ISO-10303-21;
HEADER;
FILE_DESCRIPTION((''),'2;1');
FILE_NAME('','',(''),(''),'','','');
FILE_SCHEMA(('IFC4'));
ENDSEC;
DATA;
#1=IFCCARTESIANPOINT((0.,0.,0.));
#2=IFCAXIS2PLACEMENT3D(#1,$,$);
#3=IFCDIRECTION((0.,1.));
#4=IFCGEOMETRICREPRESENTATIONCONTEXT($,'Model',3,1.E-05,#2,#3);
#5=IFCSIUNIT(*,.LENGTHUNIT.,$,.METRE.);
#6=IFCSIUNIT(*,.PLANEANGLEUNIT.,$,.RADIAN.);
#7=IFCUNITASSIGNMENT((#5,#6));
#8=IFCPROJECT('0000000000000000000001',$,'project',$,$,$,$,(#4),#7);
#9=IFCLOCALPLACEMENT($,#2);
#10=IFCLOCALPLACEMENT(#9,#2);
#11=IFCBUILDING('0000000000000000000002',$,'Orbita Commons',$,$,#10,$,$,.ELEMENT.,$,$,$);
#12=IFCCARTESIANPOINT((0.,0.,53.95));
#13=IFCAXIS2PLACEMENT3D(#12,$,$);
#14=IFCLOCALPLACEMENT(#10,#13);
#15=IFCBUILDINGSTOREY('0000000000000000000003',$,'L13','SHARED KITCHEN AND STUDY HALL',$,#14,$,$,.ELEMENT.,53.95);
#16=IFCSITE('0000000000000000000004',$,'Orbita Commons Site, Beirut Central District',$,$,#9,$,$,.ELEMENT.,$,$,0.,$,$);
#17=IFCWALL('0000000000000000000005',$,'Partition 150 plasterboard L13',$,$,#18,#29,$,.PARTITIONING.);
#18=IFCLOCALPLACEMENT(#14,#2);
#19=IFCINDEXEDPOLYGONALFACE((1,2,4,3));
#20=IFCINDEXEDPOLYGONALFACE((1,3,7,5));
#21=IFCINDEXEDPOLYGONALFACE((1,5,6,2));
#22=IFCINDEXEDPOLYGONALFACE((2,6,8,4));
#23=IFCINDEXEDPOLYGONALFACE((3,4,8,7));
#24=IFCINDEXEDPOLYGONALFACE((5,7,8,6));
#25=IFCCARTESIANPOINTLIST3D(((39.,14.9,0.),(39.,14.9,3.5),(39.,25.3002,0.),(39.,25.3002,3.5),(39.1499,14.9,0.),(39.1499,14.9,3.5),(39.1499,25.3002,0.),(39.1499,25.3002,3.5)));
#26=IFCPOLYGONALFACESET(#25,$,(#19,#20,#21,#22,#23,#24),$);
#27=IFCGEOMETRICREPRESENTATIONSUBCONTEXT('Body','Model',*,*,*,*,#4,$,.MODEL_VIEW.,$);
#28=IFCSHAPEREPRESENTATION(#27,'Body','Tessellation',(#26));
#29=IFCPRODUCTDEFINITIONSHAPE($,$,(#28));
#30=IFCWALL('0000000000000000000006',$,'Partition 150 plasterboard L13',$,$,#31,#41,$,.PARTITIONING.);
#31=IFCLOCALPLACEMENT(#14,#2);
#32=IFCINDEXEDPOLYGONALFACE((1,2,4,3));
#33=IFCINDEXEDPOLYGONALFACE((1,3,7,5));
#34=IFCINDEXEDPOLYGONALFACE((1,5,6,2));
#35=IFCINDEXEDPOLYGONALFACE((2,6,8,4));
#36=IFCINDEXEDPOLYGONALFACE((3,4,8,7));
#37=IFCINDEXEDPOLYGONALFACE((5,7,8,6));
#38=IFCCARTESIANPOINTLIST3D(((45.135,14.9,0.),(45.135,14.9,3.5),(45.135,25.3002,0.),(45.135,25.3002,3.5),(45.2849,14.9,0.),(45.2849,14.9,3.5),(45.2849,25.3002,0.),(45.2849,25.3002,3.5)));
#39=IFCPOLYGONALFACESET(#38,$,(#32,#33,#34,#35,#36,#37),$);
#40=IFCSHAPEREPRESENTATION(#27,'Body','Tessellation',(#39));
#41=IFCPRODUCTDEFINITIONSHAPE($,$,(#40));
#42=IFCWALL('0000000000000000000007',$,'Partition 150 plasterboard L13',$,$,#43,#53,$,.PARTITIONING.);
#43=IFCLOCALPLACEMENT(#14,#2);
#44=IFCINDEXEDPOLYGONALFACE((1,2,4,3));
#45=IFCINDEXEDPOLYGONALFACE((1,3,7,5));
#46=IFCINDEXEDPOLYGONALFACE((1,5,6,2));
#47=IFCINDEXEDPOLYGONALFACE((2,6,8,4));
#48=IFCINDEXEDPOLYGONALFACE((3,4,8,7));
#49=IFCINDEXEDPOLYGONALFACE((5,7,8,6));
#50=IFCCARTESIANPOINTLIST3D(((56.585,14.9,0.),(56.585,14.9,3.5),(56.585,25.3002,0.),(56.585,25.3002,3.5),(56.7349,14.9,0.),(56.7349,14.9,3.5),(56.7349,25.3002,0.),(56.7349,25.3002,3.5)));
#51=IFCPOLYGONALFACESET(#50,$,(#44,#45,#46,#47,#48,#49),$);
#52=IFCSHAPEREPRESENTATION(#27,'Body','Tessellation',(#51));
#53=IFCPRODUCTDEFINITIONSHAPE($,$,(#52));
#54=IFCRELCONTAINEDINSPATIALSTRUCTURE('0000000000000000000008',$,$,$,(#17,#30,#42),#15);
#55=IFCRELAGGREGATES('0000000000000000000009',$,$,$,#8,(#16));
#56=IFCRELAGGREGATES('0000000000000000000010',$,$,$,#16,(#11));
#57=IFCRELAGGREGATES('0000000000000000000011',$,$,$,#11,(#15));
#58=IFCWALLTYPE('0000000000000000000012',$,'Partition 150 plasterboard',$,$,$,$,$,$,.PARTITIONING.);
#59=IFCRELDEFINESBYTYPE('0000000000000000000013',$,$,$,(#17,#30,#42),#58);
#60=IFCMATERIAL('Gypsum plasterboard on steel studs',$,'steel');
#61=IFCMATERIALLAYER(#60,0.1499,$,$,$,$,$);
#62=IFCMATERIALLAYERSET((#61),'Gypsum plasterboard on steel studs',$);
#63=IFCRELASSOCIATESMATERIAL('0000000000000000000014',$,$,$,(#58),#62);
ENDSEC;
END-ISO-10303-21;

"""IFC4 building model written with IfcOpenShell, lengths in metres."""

from ifc_helpers import new_model, si_unit, direction, frame, frame_2d, origin, place, context, subcontext, project, spatial, rectangle, extrude, material, layer, layer_set, type_object, element, save


model = new_model("IFC4")

# Units and contexts
model_context = context("Model", 3, precision=1e-05, world=origin(), true_north=direction((0.0, 1.0)))
body_context = subcontext(model_context, "Body", "Model", "MODEL_VIEW")
ifc_project = project(units=[si_unit("LENGTHUNIT", "METRE"), si_unit("PLANEANGLEUNIT", "RADIAN")], contexts=[model_context])

# Site, building, storey
site_placement = place(None, origin())
site = spatial("IfcSite", under=ifc_project, at=site_placement, Name="Orbita Commons Site, Beirut Central District", CompositionType="ELEMENT", RefElevation=0.0)
building_placement = place(site_placement, origin())
building = spatial("IfcBuilding", under=site, at=building_placement, Name="Orbita Commons", CompositionType="ELEMENT")
storey_placement = place(building_placement, frame((0.0, 0.0, 53.95)))
storey = spatial("IfcBuildingStorey", under=building, at=storey_placement, Name="L13", Description="SHARED KITCHEN AND STUDY HALL", CompositionType="ELEMENT", Elevation=53.95)

# Walls
ifc_material_1 = material(Name="Gypsum plasterboard on steel studs", Category="steel")
ifc_layer_1 = layer(ifc_material_1, 0.1499)
ifc_layer_set_1 = layer_set([ifc_layer_1], Name="Gypsum plasterboard on steel studs")
wall_type_1 = type_object("IfcWallType", Name="Partition 150 plasterboard", PredefinedType="PARTITIONING", material=ifc_layer_set_1)
for number, where, z_axis, x_axis, name in (
    (1, (39.075, 14.8999, 0.0), (0.0, 0.0, 1.0), (0.0, 1.0, 0.0), "Partition 150 plasterboard L13"),
    (2, (45.21, 14.8999, 0.0), (0.0, 0.0, 1.0), (0.0, 1.0, 0.0), "Partition 150 plasterboard L13"),
    (3, (56.6599, 14.8999, 0.0), (0.0, 0.0, 1.0), (0.0, 1.0, 0.0), "Partition 150 plasterboard L13"),
):
    element("IfcWall", number, at=place(storey_placement, frame(where, z_axis=z_axis, x_axis=x_axis)), inside=storey, type_object=wall_type_1, Name=name, PredefinedType="PARTITIONING", context=body_context, shape_type="SweptSolid", body=[
        extrude(rectangle(XDim=10.4001, YDim=0.1499, at=frame_2d((5.2002, 0.0))), origin(), (0.0, 0.0, 1.0), 3.5),
    ])

save(model, "model.ifc")
